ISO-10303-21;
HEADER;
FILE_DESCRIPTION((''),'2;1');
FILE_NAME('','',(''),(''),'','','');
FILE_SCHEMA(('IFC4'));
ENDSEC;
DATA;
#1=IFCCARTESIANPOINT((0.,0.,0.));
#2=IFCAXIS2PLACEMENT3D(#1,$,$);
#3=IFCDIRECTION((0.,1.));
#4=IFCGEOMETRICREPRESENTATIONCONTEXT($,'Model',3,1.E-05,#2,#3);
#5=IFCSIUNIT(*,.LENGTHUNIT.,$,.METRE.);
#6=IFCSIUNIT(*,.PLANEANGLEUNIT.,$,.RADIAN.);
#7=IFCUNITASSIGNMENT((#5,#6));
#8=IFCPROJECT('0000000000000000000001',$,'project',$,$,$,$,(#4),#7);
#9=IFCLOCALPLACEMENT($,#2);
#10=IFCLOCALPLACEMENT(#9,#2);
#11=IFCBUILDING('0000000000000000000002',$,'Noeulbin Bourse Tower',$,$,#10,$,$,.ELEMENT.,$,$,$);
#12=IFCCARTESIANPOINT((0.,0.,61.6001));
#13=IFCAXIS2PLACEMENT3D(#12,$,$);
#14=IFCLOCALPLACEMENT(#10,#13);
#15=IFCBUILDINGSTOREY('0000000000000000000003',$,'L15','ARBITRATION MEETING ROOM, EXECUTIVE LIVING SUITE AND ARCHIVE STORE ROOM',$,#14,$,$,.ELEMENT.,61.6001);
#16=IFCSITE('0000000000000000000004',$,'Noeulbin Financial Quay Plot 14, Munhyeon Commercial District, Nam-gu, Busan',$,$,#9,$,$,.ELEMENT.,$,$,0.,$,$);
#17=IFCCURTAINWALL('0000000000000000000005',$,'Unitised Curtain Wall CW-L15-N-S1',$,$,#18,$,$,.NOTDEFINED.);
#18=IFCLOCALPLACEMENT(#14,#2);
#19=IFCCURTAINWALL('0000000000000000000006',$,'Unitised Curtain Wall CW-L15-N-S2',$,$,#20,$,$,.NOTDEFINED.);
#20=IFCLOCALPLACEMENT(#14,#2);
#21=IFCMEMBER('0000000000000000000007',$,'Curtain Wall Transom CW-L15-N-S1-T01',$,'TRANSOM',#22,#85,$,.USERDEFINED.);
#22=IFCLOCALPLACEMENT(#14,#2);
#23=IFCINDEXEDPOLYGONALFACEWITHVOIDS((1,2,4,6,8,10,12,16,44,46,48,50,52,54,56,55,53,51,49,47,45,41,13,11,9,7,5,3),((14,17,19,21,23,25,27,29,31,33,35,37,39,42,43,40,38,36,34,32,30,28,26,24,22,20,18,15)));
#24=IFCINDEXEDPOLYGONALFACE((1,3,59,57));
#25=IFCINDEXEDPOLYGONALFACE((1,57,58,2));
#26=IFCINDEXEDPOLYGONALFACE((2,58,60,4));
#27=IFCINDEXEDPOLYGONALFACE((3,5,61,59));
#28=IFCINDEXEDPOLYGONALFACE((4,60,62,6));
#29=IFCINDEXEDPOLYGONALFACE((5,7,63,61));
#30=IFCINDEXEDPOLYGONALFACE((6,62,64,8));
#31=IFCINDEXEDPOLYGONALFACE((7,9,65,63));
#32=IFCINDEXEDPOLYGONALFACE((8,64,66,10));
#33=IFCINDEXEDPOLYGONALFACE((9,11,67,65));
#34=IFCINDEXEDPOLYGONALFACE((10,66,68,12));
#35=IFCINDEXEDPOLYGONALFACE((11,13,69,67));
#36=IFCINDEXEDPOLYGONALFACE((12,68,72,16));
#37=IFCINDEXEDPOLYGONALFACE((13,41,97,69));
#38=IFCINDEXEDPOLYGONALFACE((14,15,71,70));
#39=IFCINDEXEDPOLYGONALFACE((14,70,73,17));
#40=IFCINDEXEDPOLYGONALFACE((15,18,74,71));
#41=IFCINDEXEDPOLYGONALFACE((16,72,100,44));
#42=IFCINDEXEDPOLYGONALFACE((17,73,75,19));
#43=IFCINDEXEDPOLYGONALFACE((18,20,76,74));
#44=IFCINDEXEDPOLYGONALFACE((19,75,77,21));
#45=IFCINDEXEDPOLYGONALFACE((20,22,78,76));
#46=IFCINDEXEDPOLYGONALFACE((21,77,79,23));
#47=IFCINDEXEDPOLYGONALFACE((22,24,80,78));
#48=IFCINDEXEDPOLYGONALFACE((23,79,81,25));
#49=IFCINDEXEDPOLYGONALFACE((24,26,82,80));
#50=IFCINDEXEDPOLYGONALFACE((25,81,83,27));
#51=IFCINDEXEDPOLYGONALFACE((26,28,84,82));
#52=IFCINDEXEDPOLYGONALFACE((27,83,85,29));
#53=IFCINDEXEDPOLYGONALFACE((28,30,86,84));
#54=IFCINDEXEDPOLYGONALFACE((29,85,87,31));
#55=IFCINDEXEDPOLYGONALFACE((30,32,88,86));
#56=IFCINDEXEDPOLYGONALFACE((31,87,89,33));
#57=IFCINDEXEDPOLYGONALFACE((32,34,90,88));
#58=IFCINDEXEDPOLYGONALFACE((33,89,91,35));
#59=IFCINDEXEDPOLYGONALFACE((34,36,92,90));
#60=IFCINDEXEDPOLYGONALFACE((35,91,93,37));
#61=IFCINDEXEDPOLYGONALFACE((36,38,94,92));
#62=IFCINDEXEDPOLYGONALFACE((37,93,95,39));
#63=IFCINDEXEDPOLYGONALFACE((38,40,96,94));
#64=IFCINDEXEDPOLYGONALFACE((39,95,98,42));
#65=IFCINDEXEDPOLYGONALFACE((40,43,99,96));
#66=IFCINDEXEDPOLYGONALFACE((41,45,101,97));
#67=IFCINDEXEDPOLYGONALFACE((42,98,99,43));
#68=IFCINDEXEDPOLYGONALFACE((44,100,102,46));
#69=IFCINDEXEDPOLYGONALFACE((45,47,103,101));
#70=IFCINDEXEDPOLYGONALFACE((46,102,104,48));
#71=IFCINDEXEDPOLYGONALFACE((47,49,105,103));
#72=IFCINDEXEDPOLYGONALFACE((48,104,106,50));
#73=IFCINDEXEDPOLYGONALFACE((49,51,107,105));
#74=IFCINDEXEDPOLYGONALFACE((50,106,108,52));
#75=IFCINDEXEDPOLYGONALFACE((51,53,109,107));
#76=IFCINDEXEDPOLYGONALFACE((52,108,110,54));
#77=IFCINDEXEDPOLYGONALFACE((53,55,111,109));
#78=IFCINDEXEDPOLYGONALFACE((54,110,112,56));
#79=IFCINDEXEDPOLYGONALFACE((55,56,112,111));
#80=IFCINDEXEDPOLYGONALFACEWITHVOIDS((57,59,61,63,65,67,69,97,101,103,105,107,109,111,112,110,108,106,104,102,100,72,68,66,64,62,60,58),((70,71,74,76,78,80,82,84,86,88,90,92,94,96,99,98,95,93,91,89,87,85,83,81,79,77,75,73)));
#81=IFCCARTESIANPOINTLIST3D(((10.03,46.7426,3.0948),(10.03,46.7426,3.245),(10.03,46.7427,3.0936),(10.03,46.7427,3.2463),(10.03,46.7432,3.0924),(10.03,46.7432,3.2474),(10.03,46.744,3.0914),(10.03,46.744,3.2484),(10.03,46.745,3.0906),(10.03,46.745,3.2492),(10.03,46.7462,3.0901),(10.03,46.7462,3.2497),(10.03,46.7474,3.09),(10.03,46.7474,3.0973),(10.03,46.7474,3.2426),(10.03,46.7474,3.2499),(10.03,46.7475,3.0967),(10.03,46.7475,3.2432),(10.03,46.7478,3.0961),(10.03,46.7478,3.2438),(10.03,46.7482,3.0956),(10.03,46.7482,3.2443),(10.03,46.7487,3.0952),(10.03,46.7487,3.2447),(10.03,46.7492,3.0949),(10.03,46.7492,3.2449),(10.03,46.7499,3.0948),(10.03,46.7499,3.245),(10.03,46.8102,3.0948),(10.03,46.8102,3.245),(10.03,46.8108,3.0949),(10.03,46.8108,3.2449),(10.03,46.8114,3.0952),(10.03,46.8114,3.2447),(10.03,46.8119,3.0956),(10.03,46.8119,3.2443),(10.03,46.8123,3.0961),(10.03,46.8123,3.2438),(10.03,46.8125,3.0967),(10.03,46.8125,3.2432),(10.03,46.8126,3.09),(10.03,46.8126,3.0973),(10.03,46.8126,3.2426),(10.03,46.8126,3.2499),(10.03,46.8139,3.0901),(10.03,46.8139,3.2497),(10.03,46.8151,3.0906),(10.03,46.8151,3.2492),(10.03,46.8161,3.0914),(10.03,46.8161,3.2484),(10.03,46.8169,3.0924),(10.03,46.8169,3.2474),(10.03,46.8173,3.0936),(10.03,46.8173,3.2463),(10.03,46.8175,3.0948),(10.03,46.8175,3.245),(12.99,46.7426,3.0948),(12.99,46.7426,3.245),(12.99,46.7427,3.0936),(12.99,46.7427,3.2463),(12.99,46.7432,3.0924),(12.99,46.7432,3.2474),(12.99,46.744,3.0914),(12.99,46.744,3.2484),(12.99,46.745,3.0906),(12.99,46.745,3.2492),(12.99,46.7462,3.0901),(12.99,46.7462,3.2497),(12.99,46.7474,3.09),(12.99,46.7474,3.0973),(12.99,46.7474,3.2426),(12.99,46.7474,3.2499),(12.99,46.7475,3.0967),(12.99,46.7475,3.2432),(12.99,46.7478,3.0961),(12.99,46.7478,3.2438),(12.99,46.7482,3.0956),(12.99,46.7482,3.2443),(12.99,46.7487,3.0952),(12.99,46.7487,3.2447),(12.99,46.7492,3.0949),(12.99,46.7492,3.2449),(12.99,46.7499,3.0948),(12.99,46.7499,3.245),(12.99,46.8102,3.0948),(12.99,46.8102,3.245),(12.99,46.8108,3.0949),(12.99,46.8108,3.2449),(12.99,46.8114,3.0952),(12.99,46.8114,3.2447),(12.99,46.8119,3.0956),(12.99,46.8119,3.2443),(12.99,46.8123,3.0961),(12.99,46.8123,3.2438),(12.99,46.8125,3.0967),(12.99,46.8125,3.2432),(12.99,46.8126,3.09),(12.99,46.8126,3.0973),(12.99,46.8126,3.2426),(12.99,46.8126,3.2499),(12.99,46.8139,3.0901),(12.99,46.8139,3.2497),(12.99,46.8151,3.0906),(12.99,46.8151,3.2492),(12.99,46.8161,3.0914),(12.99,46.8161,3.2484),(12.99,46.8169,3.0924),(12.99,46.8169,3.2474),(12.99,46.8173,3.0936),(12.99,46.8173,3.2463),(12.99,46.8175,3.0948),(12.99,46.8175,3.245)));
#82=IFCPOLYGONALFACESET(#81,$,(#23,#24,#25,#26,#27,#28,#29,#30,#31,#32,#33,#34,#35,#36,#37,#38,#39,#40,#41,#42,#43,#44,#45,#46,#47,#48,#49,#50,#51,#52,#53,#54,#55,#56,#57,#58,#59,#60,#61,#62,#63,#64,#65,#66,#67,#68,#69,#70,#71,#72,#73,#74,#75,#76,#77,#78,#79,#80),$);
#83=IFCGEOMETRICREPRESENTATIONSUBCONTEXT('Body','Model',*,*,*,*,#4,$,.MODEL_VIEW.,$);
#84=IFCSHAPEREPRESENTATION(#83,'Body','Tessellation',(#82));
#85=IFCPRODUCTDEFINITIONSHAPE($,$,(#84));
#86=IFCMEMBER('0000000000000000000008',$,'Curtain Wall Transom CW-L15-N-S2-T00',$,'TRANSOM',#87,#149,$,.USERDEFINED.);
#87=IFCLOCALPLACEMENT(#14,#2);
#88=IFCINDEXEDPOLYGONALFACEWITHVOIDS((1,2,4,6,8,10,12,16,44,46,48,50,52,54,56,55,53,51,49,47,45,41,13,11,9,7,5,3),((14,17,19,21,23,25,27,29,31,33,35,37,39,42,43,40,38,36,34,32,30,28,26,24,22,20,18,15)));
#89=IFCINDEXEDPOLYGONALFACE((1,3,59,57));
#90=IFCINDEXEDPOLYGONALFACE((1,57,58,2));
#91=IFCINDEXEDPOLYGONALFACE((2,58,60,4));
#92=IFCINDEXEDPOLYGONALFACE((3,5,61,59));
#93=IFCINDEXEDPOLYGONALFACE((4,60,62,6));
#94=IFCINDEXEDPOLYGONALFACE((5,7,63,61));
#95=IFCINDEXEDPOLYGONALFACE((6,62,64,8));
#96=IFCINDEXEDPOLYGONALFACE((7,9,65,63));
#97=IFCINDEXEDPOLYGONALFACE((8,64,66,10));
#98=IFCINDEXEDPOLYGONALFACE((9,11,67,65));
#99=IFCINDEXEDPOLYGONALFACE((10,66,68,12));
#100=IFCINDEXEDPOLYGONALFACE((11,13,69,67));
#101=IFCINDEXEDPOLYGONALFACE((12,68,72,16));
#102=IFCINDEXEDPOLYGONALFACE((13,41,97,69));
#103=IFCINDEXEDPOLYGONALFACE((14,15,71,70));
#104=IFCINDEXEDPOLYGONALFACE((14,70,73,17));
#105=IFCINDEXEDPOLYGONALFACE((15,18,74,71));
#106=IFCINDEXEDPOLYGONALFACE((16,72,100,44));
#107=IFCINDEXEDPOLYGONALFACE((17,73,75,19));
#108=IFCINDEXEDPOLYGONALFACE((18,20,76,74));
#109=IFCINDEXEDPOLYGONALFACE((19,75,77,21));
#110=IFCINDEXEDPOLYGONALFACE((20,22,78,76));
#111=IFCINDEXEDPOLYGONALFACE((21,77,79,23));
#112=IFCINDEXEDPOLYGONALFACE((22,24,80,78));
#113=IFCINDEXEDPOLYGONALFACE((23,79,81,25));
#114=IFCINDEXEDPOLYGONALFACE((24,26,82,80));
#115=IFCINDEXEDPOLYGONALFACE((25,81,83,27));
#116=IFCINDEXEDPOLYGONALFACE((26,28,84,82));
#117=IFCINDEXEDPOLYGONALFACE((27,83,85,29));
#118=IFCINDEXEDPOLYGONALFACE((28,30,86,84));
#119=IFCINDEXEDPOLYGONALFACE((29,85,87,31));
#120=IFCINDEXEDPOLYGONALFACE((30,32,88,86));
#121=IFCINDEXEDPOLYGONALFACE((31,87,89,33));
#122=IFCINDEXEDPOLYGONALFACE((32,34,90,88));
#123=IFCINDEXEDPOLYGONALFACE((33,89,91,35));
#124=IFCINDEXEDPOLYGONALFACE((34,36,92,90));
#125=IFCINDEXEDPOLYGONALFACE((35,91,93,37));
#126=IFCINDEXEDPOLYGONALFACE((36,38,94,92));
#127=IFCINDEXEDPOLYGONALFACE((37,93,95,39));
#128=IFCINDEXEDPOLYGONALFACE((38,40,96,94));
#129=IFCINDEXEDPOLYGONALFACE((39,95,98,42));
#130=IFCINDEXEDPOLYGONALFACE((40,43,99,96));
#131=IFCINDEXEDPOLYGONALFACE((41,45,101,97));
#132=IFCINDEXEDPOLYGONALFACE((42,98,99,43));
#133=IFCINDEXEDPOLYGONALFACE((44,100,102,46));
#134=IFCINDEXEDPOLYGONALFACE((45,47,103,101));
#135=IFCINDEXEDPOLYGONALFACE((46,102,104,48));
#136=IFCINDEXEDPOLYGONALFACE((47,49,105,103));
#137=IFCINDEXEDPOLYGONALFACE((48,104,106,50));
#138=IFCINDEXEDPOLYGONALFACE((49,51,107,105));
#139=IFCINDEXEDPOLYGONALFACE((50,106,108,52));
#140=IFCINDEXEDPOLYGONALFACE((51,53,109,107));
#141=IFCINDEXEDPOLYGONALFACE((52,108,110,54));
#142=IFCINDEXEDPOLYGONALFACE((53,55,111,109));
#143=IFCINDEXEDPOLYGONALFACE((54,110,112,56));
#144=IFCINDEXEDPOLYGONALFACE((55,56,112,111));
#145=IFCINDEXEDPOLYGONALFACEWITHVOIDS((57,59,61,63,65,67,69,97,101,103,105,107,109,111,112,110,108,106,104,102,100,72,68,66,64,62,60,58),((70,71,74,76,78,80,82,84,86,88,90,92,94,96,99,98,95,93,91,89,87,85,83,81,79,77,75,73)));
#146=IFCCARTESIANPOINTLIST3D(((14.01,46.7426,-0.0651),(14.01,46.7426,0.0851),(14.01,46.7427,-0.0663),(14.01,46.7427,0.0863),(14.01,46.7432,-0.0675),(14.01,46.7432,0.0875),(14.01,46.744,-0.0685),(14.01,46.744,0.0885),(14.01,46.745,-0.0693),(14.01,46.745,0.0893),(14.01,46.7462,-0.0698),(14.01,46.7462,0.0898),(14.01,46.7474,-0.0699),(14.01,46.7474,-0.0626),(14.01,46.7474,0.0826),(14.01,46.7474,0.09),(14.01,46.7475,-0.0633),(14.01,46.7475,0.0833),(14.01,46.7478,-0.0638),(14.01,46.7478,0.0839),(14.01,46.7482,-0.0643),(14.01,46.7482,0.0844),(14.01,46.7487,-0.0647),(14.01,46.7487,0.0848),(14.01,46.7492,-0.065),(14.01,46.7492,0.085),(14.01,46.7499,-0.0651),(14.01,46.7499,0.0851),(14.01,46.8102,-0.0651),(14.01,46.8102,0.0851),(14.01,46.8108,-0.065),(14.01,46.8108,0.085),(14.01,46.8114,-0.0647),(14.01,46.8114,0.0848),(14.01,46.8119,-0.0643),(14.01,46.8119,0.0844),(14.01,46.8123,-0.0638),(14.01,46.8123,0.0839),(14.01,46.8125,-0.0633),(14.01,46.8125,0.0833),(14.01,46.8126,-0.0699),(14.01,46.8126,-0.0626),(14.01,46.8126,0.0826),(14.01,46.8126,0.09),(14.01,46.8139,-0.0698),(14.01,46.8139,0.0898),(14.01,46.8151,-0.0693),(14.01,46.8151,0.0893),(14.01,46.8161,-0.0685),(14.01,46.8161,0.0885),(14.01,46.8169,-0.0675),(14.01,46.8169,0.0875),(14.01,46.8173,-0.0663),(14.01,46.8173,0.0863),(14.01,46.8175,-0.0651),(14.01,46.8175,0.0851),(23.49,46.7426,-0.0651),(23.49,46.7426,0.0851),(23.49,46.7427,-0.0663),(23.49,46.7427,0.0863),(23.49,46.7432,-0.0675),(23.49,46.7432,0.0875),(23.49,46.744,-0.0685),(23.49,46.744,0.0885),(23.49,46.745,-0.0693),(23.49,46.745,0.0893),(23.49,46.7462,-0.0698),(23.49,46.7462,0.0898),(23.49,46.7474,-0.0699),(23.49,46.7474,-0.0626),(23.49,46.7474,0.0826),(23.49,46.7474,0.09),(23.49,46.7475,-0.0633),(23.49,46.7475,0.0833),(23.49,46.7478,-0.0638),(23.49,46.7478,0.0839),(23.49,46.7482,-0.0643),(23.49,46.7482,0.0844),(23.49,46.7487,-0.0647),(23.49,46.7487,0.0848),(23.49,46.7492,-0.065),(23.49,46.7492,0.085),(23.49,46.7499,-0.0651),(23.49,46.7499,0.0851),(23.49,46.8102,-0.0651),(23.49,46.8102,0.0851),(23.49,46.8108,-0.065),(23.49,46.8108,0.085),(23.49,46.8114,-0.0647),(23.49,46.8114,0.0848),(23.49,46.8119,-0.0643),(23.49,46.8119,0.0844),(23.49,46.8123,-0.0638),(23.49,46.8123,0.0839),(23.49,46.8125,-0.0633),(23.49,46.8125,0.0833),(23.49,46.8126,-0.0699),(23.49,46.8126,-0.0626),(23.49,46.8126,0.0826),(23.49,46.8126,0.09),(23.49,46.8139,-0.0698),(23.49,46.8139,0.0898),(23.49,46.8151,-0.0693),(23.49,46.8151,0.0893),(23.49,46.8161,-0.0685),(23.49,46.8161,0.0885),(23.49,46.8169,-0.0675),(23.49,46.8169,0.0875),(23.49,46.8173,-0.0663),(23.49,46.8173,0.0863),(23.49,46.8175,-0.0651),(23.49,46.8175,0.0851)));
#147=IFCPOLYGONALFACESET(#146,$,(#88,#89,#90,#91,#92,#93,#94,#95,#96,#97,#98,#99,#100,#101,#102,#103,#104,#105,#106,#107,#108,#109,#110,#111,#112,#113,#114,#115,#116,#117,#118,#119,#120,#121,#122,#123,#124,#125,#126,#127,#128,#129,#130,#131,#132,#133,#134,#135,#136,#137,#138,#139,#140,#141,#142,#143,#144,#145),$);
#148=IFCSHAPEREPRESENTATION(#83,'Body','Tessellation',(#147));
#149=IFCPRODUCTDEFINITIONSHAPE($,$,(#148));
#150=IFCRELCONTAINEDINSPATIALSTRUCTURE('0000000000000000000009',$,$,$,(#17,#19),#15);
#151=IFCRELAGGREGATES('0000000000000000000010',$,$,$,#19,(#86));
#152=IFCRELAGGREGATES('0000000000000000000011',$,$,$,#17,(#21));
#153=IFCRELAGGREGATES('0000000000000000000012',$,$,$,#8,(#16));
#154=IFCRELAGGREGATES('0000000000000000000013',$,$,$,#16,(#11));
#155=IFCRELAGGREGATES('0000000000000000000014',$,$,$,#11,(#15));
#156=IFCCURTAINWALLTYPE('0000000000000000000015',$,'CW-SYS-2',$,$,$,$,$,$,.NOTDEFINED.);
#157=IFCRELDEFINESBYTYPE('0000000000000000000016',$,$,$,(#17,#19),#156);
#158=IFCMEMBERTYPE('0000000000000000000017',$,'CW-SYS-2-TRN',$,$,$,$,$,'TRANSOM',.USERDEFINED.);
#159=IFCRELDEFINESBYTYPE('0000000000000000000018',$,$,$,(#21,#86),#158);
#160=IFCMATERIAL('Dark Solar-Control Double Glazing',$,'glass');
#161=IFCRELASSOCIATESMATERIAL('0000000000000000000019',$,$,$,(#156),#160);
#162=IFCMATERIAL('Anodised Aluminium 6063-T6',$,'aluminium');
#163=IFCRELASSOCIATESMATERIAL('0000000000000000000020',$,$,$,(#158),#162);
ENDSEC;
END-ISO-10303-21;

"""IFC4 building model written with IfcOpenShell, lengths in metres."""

from ifc_helpers import new_model, si_unit, direction, frame, origin, origin_2d, place, context, subcontext, project, spatial, hollow_rectangle, extrude, material, material_profile, profile_set, type_object, element, aggregate, save


model = new_model("IFC4")

# Units and contexts
model_context = context("Model", 3, precision=1e-05, world=origin(), true_north=direction((0.0, 1.0)))
body_context = subcontext(model_context, "Body", "Model", "MODEL_VIEW")
ifc_project = project(units=[si_unit("LENGTHUNIT", "METRE"), si_unit("PLANEANGLEUNIT", "RADIAN")], contexts=[model_context])

# Site, building, storey
site_placement = place(None, origin())
site = spatial("IfcSite", under=ifc_project, at=site_placement, Name="Noeulbin Financial Quay Plot 14, Munhyeon Commercial District, Nam-gu, Busan", CompositionType="ELEMENT", RefElevation=0.0)
building_placement = place(site_placement, origin())
building = spatial("IfcBuilding", under=site, at=building_placement, Name="Noeulbin Bourse Tower", CompositionType="ELEMENT")
storey_placement = place(building_placement, frame((0.0, 0.0, 61.6001)))
storey = spatial("IfcBuildingStorey", under=building, at=storey_placement, Name="L15", Description="ARBITRATION MEETING ROOM, EXECUTIVE LIVING SUITE AND ARCHIVE STORE ROOM", CompositionType="ELEMENT", Elevation=61.6001)

# Curtain wall
ifc_material_1 = material(Name="Dark Solar-Control Double Glazing", Category="glass")
curtain_wall_type = type_object("IfcCurtainWallType", Name="CW-SYS-2", PredefinedType="NOTDEFINED", material=ifc_material_1)
curtain_wall_1_placement = place(storey_placement, origin())
curtain_wall_1 = element("IfcCurtainWall", 1, at=curtain_wall_1_placement, inside=storey, type_object=curtain_wall_type, Name="Unitised Curtain Wall CW-L15-N-S1", PredefinedType="NOTDEFINED")
ifc_material_2 = material(Name="Anodised Aluminium 6063-T6", Category="aluminium")

# Curtain wall
curtain_wall_2_placement = place(storey_placement, origin())
curtain_wall_2 = element("IfcCurtainWall", 2, at=curtain_wall_2_placement, inside=storey, type_object=curtain_wall_type, Name="Unitised Curtain Wall CW-L15-N-S2", PredefinedType="NOTDEFINED")

# Members
ifc_material_profile_1 = material_profile(ifc_material_2, hollow_rectangle(XDim=0.075, YDim=0.1599, WallThickness=0.0049, InnerFilletRadius=0.0024, OuterFilletRadius=0.0049, at=origin_2d()), Name="ALU-TRAN-75x160x5", Category="LoadBearing")
ifc_profile_set_1 = profile_set([ifc_material_profile_1], Name="Anodised Aluminium 6063-T6")
member_type_1 = type_object("IfcMemberType", Name="CW-SYS-2-TRN", ElementType="TRANSOM", PredefinedType="USERDEFINED", material=ifc_profile_set_1)
member_1_placement = place(storey_placement, frame((10.03, 46.78, 3.1699), z_axis=(1.0, 0.0, 0.0), x_axis=(0.0, 1.0, 0.0)))
member_1 = element("IfcMember", 3, at=member_1_placement, type_object=member_type_1, Name="Curtain Wall Transom CW-L15-N-S1-T01", ObjectType="TRANSOM", PredefinedType="USERDEFINED", context=body_context, shape_type="SweptSolid", body=[
    extrude(hollow_rectangle(XDim=0.075, YDim=0.1599, WallThickness=0.0049, InnerFilletRadius=0.0024, OuterFilletRadius=0.0049, at=origin_2d()), origin(), (0.0, 0.0, 1.0), 2.96),
])
member_2_placement = place(storey_placement, frame((14.01, 46.78, 0.01), z_axis=(1.0, 0.0, 0.0), x_axis=(0.0, 1.0, 0.0)))
member_2 = element("IfcMember", 4, at=member_2_placement, type_object=member_type_1, Name="Curtain Wall Transom CW-L15-N-S2-T00", ObjectType="TRANSOM", PredefinedType="USERDEFINED", context=body_context, shape_type="SweptSolid", body=[
    extrude(hollow_rectangle(XDim=0.075, YDim=0.1599, WallThickness=0.0049, InnerFilletRadius=0.0024, OuterFilletRadius=0.0049, at=origin_2d()), origin(), (0.0, 0.0, 1.0), 9.48),
])
aggregate(curtain_wall_2, [member_2])

aggregate(curtain_wall_1, [member_1])

save(model, "model.ifc")
